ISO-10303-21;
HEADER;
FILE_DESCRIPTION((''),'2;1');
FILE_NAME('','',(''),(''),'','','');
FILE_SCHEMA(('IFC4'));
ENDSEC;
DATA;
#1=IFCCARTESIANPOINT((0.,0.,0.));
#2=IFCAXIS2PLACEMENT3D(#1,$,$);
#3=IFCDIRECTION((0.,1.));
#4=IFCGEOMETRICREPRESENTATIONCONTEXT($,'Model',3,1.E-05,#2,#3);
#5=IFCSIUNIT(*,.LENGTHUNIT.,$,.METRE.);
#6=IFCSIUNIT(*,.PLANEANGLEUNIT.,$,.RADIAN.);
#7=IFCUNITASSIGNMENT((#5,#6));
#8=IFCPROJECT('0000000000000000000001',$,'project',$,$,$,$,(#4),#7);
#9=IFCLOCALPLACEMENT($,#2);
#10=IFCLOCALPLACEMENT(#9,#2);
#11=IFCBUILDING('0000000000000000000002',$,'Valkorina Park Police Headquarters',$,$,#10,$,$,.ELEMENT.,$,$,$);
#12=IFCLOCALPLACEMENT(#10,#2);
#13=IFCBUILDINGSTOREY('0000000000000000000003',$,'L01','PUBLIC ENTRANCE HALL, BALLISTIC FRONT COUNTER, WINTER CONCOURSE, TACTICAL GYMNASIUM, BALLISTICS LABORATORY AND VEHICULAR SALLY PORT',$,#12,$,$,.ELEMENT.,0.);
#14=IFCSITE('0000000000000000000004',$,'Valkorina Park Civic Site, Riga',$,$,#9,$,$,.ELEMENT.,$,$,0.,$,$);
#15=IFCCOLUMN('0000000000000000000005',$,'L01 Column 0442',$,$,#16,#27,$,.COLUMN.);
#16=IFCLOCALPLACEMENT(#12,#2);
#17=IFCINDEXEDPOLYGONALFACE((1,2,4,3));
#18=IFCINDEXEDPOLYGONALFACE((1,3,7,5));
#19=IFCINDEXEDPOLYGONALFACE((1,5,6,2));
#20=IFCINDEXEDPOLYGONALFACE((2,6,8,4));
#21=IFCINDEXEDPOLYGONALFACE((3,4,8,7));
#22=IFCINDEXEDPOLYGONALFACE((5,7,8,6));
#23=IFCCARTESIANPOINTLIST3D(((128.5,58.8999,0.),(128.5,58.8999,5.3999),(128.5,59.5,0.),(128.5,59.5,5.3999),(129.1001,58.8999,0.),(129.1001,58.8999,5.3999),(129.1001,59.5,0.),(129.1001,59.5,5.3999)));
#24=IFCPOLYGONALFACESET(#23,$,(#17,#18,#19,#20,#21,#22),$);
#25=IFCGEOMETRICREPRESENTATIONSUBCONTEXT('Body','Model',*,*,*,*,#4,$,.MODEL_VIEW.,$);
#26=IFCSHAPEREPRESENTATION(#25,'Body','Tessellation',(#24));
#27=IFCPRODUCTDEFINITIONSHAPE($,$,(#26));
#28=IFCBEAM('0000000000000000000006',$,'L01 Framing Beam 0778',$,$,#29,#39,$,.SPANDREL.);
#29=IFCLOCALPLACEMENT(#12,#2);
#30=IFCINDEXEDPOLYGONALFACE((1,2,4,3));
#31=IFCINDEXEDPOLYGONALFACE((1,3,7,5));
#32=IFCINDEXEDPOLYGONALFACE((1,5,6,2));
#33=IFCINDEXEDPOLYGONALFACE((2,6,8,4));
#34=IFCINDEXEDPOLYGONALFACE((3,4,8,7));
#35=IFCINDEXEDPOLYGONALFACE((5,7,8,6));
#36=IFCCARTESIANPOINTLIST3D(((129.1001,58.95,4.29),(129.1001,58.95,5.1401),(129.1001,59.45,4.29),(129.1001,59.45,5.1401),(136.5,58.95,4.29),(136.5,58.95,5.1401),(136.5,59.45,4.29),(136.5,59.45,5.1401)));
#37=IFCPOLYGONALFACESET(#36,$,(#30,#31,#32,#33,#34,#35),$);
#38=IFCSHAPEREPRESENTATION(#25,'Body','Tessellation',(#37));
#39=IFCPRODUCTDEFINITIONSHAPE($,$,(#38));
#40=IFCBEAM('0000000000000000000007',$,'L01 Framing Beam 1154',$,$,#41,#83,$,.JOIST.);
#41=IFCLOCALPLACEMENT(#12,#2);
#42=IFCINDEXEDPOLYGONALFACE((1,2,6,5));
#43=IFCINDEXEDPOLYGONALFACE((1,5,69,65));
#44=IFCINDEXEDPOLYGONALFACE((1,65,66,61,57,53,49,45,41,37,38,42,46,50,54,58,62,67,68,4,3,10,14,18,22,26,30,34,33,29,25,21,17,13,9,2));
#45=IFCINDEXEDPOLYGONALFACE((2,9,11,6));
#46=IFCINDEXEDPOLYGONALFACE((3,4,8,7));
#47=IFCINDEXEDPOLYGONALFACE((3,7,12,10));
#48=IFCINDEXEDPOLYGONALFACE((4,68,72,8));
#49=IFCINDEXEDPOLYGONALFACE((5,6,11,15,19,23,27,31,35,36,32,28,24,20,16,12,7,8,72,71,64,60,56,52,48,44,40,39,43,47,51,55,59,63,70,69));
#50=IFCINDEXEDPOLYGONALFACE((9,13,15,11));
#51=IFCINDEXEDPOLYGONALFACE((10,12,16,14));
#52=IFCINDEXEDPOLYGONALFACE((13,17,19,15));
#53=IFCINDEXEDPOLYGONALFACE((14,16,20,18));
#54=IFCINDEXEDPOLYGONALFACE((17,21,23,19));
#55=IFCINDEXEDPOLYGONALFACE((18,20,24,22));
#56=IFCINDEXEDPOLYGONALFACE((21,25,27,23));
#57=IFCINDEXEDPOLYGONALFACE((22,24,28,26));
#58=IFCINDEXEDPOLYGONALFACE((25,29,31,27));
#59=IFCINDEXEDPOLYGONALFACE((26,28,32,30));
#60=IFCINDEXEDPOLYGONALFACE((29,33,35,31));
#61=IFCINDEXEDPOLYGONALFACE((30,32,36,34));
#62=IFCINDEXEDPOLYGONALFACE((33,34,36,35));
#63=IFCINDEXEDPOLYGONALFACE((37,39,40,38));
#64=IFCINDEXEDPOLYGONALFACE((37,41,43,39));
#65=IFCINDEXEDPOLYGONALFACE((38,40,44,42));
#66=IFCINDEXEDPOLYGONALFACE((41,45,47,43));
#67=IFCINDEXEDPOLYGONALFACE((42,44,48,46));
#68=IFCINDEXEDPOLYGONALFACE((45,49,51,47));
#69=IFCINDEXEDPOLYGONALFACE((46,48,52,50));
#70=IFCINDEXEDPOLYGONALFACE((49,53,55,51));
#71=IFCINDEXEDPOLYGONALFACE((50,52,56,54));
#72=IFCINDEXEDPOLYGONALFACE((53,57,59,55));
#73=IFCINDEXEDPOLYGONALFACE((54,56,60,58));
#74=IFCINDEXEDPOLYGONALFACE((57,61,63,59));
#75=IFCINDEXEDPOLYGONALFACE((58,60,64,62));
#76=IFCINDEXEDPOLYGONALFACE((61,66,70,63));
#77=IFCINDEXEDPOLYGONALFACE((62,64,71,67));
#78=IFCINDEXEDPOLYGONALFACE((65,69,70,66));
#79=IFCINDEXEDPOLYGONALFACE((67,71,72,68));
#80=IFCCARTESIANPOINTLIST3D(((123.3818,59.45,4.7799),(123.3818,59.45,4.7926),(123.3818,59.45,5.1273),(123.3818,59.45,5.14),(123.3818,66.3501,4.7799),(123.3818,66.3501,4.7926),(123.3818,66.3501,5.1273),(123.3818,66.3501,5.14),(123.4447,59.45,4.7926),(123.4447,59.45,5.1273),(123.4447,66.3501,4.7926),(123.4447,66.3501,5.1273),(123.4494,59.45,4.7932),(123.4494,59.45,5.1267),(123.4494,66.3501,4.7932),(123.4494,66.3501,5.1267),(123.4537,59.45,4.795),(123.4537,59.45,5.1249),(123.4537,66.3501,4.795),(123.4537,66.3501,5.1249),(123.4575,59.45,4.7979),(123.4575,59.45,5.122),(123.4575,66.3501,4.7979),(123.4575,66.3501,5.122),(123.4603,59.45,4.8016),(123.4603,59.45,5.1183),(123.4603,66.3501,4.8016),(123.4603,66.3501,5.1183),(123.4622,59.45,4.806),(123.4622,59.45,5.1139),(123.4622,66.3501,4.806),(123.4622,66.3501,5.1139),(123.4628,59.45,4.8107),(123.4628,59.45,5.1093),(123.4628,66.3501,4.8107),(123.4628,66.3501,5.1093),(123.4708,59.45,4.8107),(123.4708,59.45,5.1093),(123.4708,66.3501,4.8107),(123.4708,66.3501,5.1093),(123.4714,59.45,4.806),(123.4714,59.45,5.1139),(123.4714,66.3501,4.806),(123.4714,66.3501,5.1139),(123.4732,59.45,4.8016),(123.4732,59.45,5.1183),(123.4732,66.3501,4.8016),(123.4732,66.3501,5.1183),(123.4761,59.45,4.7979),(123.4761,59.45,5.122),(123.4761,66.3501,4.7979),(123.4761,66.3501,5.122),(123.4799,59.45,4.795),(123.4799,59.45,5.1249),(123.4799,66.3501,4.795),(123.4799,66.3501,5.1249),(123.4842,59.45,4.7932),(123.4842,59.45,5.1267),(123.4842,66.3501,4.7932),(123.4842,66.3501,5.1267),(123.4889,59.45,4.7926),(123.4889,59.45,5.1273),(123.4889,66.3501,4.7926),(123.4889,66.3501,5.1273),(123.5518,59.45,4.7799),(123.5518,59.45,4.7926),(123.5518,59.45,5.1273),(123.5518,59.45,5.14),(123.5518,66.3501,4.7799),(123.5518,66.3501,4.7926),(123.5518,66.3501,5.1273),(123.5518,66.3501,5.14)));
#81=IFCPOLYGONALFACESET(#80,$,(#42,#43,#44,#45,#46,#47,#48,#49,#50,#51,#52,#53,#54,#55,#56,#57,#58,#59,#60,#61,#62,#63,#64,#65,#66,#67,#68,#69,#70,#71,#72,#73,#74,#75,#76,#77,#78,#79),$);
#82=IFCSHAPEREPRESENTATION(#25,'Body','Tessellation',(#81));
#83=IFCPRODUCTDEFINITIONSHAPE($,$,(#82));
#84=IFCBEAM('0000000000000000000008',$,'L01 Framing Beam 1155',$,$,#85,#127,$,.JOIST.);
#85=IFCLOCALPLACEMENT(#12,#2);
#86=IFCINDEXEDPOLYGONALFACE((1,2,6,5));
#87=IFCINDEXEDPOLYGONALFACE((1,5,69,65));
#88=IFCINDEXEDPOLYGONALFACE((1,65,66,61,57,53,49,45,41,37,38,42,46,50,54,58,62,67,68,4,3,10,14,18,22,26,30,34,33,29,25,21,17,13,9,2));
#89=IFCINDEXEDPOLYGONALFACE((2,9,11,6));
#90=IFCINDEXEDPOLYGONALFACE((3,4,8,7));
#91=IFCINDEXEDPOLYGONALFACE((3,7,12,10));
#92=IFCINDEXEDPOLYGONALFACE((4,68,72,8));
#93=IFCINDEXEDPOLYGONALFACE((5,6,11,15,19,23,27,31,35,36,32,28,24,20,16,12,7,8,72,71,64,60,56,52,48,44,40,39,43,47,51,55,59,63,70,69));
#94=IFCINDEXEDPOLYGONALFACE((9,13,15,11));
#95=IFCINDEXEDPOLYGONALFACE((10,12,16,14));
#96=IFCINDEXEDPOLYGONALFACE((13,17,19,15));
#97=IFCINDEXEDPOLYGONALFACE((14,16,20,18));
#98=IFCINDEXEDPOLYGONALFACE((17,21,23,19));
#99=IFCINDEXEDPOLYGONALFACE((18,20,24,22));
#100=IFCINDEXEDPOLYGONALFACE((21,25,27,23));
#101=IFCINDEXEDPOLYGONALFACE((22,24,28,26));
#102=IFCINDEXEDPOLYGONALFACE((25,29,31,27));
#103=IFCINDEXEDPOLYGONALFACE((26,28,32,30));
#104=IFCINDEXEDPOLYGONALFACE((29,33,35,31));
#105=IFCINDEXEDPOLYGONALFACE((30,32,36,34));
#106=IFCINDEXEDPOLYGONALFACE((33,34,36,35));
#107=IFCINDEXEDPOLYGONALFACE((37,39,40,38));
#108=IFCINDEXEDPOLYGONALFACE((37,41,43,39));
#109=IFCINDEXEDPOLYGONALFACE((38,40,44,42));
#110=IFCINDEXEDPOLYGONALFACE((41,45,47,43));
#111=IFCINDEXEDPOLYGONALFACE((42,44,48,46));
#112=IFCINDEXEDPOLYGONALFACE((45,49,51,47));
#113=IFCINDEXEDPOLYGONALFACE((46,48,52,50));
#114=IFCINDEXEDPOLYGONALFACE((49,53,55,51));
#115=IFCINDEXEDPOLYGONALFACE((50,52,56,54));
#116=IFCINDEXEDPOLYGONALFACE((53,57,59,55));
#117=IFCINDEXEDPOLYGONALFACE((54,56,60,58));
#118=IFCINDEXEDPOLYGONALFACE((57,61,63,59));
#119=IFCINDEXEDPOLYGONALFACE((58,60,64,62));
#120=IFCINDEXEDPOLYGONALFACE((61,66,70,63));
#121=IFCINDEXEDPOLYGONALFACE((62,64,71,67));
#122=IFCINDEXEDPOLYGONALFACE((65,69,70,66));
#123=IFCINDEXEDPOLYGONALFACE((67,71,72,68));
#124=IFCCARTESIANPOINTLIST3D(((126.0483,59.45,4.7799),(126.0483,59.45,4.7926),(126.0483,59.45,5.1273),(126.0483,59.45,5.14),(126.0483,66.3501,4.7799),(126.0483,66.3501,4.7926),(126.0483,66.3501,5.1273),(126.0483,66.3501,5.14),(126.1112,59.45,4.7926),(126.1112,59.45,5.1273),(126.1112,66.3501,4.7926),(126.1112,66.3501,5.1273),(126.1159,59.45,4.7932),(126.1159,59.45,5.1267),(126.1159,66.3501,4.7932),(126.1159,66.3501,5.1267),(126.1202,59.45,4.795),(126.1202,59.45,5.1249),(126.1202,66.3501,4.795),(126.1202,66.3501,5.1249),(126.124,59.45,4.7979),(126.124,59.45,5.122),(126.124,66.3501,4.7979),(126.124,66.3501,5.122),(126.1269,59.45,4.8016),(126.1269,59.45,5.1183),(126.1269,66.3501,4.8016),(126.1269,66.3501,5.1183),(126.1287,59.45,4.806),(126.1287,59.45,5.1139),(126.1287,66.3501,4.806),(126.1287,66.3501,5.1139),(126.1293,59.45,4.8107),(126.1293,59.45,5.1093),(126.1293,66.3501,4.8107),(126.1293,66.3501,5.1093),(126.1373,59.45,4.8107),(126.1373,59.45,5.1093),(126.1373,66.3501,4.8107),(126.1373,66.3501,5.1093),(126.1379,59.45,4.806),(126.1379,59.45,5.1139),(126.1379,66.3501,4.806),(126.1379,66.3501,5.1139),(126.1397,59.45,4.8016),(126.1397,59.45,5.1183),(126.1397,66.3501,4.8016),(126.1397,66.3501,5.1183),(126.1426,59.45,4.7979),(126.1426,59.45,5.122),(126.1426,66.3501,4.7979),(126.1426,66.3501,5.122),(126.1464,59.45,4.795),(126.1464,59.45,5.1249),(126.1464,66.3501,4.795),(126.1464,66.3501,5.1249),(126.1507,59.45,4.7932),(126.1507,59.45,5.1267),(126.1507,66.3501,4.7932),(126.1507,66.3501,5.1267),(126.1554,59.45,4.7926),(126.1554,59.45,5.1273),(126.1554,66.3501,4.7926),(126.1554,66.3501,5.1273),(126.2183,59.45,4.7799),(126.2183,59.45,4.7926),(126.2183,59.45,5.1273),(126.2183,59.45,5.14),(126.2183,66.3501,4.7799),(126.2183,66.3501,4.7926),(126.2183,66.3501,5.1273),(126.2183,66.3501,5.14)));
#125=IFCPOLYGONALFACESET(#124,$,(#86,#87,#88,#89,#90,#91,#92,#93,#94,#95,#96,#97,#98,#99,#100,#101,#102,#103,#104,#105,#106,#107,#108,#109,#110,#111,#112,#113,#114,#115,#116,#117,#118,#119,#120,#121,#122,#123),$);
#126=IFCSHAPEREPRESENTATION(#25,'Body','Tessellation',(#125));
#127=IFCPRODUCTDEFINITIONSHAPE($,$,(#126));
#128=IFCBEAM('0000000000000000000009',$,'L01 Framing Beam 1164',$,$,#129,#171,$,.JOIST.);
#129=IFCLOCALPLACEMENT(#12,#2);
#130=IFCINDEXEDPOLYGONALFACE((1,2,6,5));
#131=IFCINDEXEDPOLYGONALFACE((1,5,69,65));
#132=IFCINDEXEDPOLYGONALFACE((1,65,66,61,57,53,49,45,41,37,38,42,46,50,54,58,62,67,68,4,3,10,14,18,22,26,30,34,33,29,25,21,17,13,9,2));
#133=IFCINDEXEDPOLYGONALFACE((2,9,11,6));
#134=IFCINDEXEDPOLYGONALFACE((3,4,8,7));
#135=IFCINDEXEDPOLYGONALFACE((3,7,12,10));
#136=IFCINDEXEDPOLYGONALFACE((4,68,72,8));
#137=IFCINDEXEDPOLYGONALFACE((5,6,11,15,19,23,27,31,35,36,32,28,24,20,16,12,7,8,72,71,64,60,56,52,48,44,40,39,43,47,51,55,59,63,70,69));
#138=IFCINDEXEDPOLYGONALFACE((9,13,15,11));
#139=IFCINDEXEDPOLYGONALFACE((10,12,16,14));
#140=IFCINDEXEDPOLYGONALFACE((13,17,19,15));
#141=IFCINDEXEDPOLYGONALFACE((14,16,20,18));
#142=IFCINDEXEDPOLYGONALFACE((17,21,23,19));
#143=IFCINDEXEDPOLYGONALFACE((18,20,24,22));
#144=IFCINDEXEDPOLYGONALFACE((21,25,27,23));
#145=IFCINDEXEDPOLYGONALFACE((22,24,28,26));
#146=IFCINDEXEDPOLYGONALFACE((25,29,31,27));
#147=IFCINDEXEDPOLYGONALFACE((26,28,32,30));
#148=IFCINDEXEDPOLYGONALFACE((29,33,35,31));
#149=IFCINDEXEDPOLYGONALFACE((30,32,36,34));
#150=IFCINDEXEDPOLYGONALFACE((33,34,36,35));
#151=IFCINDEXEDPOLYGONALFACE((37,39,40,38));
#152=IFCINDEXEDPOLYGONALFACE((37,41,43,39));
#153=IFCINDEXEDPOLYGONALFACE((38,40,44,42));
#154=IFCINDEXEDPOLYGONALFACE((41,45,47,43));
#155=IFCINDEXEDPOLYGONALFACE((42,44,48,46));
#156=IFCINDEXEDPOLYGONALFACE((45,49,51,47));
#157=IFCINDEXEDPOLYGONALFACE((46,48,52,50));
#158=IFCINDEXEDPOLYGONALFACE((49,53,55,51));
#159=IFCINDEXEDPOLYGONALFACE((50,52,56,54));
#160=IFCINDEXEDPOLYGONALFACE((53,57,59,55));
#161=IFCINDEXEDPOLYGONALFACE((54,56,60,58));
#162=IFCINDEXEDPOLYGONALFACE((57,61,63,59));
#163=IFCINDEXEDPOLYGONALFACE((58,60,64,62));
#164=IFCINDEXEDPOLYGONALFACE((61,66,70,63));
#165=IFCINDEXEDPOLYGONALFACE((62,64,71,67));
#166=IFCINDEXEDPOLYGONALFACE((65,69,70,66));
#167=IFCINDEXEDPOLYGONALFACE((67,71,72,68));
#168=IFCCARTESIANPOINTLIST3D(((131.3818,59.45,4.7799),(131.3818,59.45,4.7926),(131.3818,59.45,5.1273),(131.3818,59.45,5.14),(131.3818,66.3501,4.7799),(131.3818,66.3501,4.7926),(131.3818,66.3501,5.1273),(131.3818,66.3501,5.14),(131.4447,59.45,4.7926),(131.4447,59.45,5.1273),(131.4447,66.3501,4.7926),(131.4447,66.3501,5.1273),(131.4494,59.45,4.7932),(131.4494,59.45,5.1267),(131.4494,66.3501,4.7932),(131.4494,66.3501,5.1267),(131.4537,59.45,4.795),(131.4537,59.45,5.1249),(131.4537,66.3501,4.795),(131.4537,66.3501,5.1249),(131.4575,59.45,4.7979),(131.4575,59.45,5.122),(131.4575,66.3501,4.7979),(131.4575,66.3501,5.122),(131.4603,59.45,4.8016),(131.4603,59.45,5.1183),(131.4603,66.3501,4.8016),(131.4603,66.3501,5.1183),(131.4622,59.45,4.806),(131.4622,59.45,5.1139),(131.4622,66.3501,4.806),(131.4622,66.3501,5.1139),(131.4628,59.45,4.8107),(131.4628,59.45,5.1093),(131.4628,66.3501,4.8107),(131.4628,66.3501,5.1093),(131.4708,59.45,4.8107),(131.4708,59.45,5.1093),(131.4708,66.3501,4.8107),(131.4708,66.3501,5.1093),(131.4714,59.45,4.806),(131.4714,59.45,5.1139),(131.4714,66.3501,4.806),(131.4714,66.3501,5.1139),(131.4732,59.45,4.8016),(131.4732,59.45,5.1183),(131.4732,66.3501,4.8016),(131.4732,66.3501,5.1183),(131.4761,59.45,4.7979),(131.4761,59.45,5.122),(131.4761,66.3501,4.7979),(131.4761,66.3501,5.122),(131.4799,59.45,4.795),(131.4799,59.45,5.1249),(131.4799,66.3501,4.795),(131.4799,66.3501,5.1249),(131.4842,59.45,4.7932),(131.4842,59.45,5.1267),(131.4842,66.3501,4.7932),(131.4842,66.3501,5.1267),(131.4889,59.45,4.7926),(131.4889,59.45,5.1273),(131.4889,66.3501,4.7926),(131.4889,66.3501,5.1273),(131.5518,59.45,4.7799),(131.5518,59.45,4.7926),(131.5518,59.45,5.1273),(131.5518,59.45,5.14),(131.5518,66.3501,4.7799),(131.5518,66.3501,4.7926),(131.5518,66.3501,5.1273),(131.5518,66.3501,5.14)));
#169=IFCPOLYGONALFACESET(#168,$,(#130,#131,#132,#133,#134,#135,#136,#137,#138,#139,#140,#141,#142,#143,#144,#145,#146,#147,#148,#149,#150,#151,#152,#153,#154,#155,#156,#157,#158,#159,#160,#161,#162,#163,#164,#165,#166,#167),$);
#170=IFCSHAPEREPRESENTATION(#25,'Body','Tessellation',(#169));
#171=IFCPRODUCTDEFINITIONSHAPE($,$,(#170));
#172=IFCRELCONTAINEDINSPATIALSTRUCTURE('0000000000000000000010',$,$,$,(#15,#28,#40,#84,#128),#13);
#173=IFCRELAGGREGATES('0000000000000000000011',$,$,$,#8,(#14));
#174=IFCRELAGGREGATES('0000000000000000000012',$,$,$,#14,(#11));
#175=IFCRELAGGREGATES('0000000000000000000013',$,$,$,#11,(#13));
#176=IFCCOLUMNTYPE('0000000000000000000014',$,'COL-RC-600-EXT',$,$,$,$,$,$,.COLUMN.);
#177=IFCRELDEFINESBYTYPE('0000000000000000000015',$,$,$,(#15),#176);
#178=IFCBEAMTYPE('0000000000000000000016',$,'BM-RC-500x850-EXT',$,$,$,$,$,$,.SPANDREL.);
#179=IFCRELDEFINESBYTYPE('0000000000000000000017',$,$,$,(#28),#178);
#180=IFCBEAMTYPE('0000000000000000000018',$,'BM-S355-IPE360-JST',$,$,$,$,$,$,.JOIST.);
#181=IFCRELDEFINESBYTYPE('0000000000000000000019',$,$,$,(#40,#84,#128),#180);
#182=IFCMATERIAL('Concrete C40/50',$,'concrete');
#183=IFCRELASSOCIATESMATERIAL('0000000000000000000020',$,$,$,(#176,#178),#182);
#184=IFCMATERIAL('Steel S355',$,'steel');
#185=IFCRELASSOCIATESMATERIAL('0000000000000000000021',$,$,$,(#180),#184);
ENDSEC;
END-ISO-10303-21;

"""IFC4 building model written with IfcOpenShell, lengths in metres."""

from ifc_helpers import new_model, si_unit, direction, frame, origin, origin_2d, place, context, subcontext, project, spatial, rectangle, i_section, extrude, material, material_profile, profile_set, type_object, element, save


model = new_model("IFC4")

# Units and contexts
model_context = context("Model", 3, precision=1e-05, world=origin(), true_north=direction((0.0, 1.0)))
body_context = subcontext(model_context, "Body", "Model", "MODEL_VIEW")
ifc_project = project(units=[si_unit("LENGTHUNIT", "METRE"), si_unit("PLANEANGLEUNIT", "RADIAN")], contexts=[model_context])

# Site, building, storey
site_placement = place(None, origin())
site = spatial("IfcSite", under=ifc_project, at=site_placement, Name="Valkorina Park Civic Site, Riga", CompositionType="ELEMENT", RefElevation=0.0)
building_placement = place(site_placement, origin())
building = spatial("IfcBuilding", under=site, at=building_placement, Name="Valkorina Park Police Headquarters", CompositionType="ELEMENT")
storey_placement = place(building_placement, origin())
storey = spatial("IfcBuildingStorey", under=building, at=storey_placement, Name="L01", Description="PUBLIC ENTRANCE HALL, BALLISTIC FRONT COUNTER, WINTER CONCOURSE, TACTICAL GYMNASIUM, BALLISTICS LABORATORY AND VEHICULAR SALLY PORT", CompositionType="ELEMENT", Elevation=0.0)

# Column
ifc_material_1 = material(Name="Concrete C40/50", Category="concrete")
ifc_material_profile_1 = material_profile(ifc_material_1, rectangle(XDim=0.6001, YDim=0.6001, at=origin_2d()), Name="RC COL 600x600")
ifc_profile_set_1 = profile_set([ifc_material_profile_1], Name="Concrete C40/50")
column_type = type_object("IfcColumnType", Name="COL-RC-600-EXT", PredefinedType="COLUMN", material=ifc_profile_set_1)
column_placement = place(storey_placement, frame((128.8, 59.2, 0.0), z_axis=(0.0, 0.0, 1.0), x_axis=(1.0, 0.0, 0.0)))
element("IfcColumn", 1, at=column_placement, inside=storey, type_object=column_type, Name="L01 Column 0442", PredefinedType="COLUMN", context=body_context, shape_type="SweptSolid", body=[
    extrude(rectangle(XDim=0.6001, YDim=0.6001, at=origin_2d()), origin(), (0.0, 0.0, 1.0), 5.3999),
])

# Beams
ifc_material_profile_2 = material_profile(ifc_material_1, rectangle(XDim=0.5, YDim=0.8501, at=origin_2d()), Name="RC BEAM 500x850")
ifc_profile_set_2 = profile_set([ifc_material_profile_2], Name="Concrete C40/50")
beam_type_1 = type_object("IfcBeamType", Name="BM-RC-500x850-EXT", PredefinedType="SPANDREL", material=ifc_profile_set_2)
beam_placement = place(storey_placement, frame((129.1001, 59.2, 4.7151), z_axis=(1.0, 0.0, 0.0), x_axis=(0.0, 1.0, 0.0)))
element("IfcBeam", 2, at=beam_placement, inside=storey, type_object=beam_type_1, Name="L01 Framing Beam 0778", PredefinedType="SPANDREL", context=body_context, shape_type="SweptSolid", body=[
    extrude(rectangle(XDim=0.5, YDim=0.8501, at=origin_2d()), origin(), (0.0, 0.0, 1.0), 7.3999),
])
ifc_material_2 = material(Name="Steel S355", Category="steel")
ifc_material_profile_3 = material_profile(ifc_material_2, i_section(OverallWidth=0.1699, OverallDepth=0.3601, WebThickness=0.0081, FlangeThickness=0.0127, FilletRadius=0.0181, at=origin_2d()), Name="IPE 360")
ifc_profile_set_3 = profile_set([ifc_material_profile_3], Name="Steel S355")
beam_type_2 = type_object("IfcBeamType", Name="BM-S355-IPE360-JST", PredefinedType="JOIST", material=ifc_profile_set_3)
for number, where, z_axis, x_axis, name in (
    (3, (123.4668, 59.45, 4.96), (0.0, 1.0, 0.0), (-1.0, 0.0, 0.0), "L01 Framing Beam 1154"),
    (4, (126.1333, 59.45, 4.96), (0.0, 1.0, 0.0), (-1.0, 0.0, 0.0), "L01 Framing Beam 1155"),
    (5, (131.4668, 59.45, 4.96), (0.0, 1.0, 0.0), (-1.0, 0.0, 0.0), "L01 Framing Beam 1164"),
):
    element("IfcBeam", number, at=place(storey_placement, frame(where, z_axis=z_axis, x_axis=x_axis)), inside=storey, type_object=beam_type_2, Name=name, PredefinedType="JOIST", context=body_context, shape_type="SweptSolid", body=[
        extrude(i_section(OverallWidth=0.1699, OverallDepth=0.3601, WebThickness=0.0081, FlangeThickness=0.0127, FilletRadius=0.0181, at=origin_2d()), origin(), (0.0, 0.0, 1.0), 6.9001),
    ])

save(model, "model.ifc")
